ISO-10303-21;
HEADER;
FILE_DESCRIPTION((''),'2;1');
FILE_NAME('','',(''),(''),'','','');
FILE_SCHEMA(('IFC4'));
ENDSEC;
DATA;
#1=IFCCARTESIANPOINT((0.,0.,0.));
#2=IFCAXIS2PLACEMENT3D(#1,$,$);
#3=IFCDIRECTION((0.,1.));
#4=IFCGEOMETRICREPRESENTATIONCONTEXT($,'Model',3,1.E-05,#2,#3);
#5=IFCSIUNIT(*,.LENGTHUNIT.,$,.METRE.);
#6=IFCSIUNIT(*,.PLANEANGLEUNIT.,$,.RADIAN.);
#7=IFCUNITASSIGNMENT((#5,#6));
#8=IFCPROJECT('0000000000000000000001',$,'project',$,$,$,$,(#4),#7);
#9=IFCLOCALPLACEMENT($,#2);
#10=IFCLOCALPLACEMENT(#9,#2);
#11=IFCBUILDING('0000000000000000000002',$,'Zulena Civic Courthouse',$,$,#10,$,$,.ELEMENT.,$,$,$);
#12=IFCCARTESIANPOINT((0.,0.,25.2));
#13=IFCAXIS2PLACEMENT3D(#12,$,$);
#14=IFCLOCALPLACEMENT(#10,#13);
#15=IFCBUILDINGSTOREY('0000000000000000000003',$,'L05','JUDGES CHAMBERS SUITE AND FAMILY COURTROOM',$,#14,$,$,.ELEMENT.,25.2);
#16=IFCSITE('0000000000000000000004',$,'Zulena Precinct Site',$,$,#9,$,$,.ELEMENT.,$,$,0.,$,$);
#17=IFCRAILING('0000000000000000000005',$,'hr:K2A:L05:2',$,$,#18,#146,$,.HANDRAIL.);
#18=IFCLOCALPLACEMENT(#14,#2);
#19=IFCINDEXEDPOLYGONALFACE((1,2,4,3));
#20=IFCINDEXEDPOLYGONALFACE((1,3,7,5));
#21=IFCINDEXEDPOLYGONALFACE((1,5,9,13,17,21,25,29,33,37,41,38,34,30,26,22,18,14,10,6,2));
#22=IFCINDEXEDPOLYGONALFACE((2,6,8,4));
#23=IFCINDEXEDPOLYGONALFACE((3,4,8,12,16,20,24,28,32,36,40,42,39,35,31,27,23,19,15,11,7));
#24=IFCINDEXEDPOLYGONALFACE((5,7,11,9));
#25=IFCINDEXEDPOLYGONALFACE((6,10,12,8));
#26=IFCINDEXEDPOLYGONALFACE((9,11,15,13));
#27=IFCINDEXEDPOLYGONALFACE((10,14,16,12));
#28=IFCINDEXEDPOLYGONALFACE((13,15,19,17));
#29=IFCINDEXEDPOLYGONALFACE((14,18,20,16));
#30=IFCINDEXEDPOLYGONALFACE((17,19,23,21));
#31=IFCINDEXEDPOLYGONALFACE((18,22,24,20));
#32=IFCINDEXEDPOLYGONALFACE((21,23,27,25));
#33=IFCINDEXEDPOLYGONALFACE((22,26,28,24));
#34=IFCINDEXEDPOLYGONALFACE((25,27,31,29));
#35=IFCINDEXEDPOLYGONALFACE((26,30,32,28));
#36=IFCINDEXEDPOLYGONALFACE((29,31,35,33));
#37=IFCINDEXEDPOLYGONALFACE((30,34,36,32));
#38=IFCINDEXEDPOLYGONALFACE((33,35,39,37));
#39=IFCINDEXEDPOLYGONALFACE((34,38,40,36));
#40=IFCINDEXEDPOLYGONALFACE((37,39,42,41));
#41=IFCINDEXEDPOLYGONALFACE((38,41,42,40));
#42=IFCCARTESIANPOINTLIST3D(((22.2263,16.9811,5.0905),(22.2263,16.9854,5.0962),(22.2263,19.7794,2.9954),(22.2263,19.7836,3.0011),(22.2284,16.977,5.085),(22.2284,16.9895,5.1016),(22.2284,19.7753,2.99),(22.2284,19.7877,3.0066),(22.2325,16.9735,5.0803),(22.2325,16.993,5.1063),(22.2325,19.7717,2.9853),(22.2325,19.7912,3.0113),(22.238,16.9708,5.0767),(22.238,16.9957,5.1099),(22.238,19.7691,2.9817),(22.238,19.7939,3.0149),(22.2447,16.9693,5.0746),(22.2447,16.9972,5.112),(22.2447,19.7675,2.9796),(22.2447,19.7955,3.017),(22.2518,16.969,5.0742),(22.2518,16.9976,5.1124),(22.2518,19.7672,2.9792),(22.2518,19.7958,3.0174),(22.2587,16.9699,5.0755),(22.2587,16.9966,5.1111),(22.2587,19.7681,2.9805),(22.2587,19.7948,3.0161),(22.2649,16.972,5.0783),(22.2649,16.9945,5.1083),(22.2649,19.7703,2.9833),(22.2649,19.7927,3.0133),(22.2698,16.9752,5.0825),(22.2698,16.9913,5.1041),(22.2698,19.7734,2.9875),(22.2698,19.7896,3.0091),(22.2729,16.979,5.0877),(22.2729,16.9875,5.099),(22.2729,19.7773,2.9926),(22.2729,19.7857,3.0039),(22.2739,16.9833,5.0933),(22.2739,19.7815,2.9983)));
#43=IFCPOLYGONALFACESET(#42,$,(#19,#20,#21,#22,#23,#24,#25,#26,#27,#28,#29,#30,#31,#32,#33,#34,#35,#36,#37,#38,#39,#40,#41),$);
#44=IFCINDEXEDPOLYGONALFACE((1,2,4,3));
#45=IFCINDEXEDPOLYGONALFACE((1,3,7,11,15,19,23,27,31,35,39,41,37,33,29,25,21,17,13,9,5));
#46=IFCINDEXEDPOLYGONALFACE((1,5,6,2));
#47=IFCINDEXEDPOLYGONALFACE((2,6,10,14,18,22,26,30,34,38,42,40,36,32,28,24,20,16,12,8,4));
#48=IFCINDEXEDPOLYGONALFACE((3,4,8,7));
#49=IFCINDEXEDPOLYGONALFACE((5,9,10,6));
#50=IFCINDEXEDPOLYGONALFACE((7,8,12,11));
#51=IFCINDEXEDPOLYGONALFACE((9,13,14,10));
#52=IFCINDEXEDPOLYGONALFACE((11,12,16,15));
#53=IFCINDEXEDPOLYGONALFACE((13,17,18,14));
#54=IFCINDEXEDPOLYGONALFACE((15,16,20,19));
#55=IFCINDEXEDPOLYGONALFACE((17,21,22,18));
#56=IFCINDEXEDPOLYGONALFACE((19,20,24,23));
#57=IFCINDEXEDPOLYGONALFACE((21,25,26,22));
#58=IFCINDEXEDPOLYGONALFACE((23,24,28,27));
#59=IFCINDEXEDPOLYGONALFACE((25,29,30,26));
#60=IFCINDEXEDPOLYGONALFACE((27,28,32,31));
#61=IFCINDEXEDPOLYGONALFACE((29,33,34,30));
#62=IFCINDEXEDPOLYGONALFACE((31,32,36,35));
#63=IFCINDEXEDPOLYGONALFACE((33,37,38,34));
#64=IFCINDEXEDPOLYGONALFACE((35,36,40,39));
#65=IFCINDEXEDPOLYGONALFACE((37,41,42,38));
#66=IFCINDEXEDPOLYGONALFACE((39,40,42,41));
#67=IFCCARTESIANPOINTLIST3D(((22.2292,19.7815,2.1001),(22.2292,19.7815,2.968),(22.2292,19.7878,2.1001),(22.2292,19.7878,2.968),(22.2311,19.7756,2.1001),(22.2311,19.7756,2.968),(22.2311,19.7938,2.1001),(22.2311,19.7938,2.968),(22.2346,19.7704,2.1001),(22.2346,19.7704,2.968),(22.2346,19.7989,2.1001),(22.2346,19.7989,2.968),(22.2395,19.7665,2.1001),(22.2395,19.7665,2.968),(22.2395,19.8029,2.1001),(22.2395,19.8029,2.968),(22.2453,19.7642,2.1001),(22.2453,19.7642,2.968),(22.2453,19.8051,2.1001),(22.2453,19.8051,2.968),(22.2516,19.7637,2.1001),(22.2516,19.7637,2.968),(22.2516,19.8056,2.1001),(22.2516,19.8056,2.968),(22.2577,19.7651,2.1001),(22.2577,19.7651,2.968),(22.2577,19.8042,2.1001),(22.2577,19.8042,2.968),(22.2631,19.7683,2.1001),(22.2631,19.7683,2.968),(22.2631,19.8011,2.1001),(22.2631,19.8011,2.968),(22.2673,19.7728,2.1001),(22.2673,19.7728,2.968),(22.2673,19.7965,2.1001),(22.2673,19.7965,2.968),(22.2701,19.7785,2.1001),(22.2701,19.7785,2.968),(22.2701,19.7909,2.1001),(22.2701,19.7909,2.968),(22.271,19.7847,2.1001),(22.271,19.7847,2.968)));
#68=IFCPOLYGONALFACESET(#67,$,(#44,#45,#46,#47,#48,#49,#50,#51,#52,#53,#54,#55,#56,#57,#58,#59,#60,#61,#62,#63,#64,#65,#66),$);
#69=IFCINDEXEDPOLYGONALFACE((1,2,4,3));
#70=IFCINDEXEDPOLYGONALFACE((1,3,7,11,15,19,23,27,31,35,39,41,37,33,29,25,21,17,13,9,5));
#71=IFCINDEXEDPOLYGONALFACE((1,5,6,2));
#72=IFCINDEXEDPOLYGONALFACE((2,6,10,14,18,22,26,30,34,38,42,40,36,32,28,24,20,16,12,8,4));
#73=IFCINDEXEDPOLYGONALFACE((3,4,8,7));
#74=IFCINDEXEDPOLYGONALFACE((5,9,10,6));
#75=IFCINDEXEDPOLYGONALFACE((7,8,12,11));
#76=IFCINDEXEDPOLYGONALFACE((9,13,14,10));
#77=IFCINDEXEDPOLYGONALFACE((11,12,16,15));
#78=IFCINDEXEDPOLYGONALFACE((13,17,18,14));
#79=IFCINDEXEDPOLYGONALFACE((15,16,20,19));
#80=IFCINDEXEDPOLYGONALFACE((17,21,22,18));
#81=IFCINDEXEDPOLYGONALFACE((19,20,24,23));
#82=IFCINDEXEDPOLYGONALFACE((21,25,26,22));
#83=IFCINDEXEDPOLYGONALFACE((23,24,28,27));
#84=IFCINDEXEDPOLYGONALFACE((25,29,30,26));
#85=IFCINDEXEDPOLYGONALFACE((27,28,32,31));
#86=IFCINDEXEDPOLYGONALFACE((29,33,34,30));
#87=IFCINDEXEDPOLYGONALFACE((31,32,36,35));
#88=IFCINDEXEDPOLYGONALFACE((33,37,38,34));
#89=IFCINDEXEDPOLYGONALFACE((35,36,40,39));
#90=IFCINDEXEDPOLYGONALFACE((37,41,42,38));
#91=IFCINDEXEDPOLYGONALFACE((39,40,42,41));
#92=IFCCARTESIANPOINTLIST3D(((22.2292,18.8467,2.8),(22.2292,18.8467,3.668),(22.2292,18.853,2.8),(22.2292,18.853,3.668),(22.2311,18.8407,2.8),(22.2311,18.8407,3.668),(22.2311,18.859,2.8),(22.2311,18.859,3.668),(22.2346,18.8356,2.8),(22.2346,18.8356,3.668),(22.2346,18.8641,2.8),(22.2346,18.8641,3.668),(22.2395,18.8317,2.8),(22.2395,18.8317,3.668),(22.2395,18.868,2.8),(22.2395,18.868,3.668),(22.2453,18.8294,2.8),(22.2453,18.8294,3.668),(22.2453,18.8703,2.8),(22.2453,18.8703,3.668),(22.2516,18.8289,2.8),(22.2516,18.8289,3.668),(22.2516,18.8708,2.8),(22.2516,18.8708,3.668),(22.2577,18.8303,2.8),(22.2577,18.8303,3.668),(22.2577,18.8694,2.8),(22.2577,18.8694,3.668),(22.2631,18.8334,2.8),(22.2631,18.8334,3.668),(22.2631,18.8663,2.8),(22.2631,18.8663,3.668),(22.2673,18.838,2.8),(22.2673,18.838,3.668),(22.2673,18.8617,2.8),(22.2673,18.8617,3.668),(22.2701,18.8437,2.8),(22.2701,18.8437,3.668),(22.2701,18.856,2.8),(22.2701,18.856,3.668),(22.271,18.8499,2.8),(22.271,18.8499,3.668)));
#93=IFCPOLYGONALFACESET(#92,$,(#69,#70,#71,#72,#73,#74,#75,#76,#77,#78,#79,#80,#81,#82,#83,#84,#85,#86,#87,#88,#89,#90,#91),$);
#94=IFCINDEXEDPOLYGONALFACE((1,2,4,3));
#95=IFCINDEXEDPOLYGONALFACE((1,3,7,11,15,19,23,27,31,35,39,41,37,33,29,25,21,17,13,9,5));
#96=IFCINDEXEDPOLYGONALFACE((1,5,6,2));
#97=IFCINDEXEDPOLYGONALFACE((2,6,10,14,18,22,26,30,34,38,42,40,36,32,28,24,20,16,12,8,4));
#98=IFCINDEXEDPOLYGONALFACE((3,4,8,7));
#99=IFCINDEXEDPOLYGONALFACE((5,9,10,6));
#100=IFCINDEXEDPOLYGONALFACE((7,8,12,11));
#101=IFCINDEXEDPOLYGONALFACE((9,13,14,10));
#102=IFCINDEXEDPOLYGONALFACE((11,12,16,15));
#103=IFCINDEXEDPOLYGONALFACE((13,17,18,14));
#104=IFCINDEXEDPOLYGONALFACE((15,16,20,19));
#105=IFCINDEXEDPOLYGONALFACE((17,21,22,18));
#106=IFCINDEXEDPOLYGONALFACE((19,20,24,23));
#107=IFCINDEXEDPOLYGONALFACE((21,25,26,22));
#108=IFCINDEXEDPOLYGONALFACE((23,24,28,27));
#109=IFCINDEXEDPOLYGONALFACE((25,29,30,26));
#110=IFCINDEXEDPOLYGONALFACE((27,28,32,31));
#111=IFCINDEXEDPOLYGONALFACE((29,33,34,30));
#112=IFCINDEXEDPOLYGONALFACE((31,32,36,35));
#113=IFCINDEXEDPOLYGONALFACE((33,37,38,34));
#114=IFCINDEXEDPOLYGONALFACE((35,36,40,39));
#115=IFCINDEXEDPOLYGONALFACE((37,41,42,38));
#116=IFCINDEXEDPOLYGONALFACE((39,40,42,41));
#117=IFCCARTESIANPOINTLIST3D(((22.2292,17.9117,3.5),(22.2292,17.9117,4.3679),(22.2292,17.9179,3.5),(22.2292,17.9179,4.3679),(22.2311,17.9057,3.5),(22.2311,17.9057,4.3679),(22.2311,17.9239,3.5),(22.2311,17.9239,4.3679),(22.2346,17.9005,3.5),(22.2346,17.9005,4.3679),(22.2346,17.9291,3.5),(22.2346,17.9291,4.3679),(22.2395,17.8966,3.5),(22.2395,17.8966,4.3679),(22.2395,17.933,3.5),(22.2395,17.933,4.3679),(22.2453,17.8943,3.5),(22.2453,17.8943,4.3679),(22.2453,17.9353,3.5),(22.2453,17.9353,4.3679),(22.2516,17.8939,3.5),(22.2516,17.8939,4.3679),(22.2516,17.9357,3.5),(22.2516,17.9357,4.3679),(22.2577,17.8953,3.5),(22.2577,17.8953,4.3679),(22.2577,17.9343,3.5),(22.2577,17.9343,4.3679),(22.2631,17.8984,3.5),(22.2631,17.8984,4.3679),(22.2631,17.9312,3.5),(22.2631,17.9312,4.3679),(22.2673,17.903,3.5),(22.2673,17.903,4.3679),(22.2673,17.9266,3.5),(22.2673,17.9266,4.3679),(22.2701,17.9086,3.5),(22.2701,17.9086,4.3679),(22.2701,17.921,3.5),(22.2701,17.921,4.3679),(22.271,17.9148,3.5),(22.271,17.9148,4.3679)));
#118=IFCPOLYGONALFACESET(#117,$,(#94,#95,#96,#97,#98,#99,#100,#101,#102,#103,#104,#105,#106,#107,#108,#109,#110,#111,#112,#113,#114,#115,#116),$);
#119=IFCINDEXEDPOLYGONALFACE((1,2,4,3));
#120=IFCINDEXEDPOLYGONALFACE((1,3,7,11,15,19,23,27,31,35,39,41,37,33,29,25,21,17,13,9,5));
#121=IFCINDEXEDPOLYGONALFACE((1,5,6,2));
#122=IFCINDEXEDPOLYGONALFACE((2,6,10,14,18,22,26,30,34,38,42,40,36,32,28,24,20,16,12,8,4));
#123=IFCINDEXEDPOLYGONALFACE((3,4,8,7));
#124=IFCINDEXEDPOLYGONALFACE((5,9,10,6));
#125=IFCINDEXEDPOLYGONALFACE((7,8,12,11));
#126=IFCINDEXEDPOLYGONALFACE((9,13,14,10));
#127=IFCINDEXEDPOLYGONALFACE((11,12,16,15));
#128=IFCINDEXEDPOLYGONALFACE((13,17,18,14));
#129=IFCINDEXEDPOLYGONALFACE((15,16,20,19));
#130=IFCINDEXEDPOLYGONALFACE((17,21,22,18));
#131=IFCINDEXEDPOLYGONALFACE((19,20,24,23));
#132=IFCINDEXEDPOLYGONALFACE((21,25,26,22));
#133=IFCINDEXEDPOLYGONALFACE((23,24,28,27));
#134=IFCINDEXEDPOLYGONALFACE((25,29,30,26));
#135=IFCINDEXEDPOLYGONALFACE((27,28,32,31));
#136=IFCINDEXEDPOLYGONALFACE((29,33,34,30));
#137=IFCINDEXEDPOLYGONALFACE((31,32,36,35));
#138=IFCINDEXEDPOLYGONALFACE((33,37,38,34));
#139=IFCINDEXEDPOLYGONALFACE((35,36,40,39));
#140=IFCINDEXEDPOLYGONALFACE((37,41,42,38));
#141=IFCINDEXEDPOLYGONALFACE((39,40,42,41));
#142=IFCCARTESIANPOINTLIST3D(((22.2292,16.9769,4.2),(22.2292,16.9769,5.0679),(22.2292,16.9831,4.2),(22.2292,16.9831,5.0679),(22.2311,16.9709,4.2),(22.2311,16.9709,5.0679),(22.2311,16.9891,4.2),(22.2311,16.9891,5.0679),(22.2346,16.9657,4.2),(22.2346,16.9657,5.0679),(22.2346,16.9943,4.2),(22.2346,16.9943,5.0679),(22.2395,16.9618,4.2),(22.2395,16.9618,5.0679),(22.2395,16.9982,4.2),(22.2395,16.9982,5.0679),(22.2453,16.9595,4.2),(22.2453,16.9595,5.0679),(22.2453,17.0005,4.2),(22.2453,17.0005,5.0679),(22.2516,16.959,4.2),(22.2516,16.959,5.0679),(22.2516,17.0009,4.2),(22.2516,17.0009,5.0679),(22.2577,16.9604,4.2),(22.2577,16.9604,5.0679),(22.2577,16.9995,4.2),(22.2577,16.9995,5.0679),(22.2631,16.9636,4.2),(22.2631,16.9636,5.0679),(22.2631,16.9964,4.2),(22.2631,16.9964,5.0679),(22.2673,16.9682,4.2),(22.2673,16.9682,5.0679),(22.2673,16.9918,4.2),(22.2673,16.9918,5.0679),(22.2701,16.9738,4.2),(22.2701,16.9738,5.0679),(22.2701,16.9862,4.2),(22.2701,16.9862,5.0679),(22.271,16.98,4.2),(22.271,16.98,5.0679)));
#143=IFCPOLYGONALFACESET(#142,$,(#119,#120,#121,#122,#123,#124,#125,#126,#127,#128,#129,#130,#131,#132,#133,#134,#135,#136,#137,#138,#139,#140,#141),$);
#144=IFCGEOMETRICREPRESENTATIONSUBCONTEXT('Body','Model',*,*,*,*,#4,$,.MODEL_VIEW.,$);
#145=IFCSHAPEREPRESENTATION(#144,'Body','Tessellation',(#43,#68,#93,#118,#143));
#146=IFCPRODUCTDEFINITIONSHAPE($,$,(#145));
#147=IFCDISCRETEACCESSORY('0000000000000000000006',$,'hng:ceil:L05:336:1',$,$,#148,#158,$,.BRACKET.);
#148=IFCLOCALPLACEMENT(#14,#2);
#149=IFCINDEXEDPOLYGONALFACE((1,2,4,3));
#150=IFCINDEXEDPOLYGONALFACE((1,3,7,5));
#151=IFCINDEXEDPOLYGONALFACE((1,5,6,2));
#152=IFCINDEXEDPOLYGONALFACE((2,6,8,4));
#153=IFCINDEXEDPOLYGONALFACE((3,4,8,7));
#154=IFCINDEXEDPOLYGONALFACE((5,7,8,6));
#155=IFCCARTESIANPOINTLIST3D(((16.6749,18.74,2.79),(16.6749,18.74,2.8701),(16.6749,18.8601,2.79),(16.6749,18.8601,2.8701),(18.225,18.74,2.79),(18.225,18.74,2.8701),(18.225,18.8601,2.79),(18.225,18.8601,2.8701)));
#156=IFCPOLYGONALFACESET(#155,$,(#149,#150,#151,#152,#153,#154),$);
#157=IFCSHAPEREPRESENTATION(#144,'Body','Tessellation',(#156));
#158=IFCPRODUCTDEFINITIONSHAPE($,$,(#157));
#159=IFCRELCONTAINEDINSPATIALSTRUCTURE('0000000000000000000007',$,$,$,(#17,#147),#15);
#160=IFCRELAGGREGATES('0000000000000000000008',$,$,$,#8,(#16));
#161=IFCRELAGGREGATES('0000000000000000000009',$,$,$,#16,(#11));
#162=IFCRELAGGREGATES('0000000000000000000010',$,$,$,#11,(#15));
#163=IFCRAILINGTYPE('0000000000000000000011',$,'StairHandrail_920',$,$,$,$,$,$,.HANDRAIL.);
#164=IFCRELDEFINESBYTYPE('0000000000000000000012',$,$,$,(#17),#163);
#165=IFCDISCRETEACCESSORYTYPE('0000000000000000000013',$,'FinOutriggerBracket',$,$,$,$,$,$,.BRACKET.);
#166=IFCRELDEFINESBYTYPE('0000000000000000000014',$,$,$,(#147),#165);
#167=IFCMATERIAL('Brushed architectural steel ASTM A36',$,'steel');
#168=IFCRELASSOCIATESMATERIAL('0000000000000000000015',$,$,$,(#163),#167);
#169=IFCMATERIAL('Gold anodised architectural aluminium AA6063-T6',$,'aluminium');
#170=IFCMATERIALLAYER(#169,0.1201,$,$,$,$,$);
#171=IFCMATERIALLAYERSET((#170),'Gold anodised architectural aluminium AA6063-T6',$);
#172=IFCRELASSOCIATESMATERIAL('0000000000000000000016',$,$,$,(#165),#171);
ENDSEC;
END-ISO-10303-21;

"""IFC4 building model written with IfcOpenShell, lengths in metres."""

from ifc_helpers import new_model, si_unit, direction, frame, origin, origin_2d, place, context, subcontext, project, spatial, rectangle, circle, extrude, material, layer, layer_set, type_object, element, save


model = new_model("IFC4")

# Units and contexts
model_context = context("Model", 3, precision=1e-05, world=origin(), true_north=direction((0.0, 1.0)))
body_context = subcontext(model_context, "Body", "Model", "MODEL_VIEW")
ifc_project = project(units=[si_unit("LENGTHUNIT", "METRE"), si_unit("PLANEANGLEUNIT", "RADIAN")], contexts=[model_context])

# Site, building, storey
site_placement = place(None, origin())
site = spatial("IfcSite", under=ifc_project, at=site_placement, Name="Zulena Precinct Site", CompositionType="ELEMENT", RefElevation=0.0)
building_placement = place(site_placement, origin())
building = spatial("IfcBuilding", under=site, at=building_placement, Name="Zulena Civic Courthouse", CompositionType="ELEMENT")
storey_placement = place(building_placement, frame((0.0, 0.0, 25.2)))
storey = spatial("IfcBuildingStorey", under=building, at=storey_placement, Name="L05", Description="JUDGES CHAMBERS SUITE AND FAMILY COURTROOM", CompositionType="ELEMENT", Elevation=25.2)

# Railing
ifc_material_1 = material(Name="Brushed architectural steel ASTM A36", Category="steel")
railing_type_1 = type_object("IfcRailingType", Name="StairHandrail_920", PredefinedType="HANDRAIL", material=ifc_material_1)
railing_1_placement = place(storey_placement, frame((22.25, 19.7847, 2.1001)))
element("IfcRailing", 1, at=railing_1_placement, inside=storey, type_object=railing_type_1, Name="hr:K2A:L05:2", PredefinedType="HANDRAIL", context=body_context, shape_type="SweptSolid", body=[
    extrude(circle(Radius=0.0239, at=origin_2d()), frame((0.0, -0.0032, 0.8982), z_axis=(0.0, -0.800501, 0.599331), x_axis=(1.0, 0.0, 0.0)), (0.0, 0.0, 1.0), 3.4956),
    extrude(circle(Radius=0.021, at=origin_2d()), origin(), (0.0, 0.0, 1.0), 0.8679),
    extrude(circle(Radius=0.021, at=origin_2d()), frame((0.0, -0.9348, 0.7)), (0.0, 0.0, 1.0), 0.8679),
    extrude(circle(Radius=0.021, at=origin_2d()), frame((0.0, -1.8699, 1.3999)), (0.0, 0.0, 1.0), 0.8679),
    extrude(circle(Radius=0.021, at=origin_2d()), frame((0.0, -2.8047, 2.0999)), (0.0, 0.0, 1.0), 0.8679),
])

# Discrete accessory
ifc_material_2 = material(Name="Gold anodised architectural aluminium AA6063-T6", Category="aluminium")
ifc_layer_1 = layer(ifc_material_2, 0.1201)
ifc_layer_set_1 = layer_set([ifc_layer_1], Name="Gold anodised architectural aluminium AA6063-T6")
discrete_accessory_type = type_object("IfcDiscreteAccessoryType", Name="FinOutriggerBracket", PredefinedType="BRACKET", material=ifc_layer_set_1)
discrete_accessory_placement = place(storey_placement, frame((17.45, 18.8, 2.79), z_axis=(0.0, 0.0, 1.0), x_axis=(1.0, 0.0, 0.0)))
element("IfcDiscreteAccessory", 2, at=discrete_accessory_placement, inside=storey, type_object=discrete_accessory_type, Name="hng:ceil:L05:336:1", PredefinedType="BRACKET", context=body_context, shape_type="SweptSolid", body=[
    extrude(rectangle(XDim=1.55, YDim=0.1201, at=origin_2d()), origin(), (0.0, 0.0, 1.0), 0.0801),
])

save(model, "model.ifc")
